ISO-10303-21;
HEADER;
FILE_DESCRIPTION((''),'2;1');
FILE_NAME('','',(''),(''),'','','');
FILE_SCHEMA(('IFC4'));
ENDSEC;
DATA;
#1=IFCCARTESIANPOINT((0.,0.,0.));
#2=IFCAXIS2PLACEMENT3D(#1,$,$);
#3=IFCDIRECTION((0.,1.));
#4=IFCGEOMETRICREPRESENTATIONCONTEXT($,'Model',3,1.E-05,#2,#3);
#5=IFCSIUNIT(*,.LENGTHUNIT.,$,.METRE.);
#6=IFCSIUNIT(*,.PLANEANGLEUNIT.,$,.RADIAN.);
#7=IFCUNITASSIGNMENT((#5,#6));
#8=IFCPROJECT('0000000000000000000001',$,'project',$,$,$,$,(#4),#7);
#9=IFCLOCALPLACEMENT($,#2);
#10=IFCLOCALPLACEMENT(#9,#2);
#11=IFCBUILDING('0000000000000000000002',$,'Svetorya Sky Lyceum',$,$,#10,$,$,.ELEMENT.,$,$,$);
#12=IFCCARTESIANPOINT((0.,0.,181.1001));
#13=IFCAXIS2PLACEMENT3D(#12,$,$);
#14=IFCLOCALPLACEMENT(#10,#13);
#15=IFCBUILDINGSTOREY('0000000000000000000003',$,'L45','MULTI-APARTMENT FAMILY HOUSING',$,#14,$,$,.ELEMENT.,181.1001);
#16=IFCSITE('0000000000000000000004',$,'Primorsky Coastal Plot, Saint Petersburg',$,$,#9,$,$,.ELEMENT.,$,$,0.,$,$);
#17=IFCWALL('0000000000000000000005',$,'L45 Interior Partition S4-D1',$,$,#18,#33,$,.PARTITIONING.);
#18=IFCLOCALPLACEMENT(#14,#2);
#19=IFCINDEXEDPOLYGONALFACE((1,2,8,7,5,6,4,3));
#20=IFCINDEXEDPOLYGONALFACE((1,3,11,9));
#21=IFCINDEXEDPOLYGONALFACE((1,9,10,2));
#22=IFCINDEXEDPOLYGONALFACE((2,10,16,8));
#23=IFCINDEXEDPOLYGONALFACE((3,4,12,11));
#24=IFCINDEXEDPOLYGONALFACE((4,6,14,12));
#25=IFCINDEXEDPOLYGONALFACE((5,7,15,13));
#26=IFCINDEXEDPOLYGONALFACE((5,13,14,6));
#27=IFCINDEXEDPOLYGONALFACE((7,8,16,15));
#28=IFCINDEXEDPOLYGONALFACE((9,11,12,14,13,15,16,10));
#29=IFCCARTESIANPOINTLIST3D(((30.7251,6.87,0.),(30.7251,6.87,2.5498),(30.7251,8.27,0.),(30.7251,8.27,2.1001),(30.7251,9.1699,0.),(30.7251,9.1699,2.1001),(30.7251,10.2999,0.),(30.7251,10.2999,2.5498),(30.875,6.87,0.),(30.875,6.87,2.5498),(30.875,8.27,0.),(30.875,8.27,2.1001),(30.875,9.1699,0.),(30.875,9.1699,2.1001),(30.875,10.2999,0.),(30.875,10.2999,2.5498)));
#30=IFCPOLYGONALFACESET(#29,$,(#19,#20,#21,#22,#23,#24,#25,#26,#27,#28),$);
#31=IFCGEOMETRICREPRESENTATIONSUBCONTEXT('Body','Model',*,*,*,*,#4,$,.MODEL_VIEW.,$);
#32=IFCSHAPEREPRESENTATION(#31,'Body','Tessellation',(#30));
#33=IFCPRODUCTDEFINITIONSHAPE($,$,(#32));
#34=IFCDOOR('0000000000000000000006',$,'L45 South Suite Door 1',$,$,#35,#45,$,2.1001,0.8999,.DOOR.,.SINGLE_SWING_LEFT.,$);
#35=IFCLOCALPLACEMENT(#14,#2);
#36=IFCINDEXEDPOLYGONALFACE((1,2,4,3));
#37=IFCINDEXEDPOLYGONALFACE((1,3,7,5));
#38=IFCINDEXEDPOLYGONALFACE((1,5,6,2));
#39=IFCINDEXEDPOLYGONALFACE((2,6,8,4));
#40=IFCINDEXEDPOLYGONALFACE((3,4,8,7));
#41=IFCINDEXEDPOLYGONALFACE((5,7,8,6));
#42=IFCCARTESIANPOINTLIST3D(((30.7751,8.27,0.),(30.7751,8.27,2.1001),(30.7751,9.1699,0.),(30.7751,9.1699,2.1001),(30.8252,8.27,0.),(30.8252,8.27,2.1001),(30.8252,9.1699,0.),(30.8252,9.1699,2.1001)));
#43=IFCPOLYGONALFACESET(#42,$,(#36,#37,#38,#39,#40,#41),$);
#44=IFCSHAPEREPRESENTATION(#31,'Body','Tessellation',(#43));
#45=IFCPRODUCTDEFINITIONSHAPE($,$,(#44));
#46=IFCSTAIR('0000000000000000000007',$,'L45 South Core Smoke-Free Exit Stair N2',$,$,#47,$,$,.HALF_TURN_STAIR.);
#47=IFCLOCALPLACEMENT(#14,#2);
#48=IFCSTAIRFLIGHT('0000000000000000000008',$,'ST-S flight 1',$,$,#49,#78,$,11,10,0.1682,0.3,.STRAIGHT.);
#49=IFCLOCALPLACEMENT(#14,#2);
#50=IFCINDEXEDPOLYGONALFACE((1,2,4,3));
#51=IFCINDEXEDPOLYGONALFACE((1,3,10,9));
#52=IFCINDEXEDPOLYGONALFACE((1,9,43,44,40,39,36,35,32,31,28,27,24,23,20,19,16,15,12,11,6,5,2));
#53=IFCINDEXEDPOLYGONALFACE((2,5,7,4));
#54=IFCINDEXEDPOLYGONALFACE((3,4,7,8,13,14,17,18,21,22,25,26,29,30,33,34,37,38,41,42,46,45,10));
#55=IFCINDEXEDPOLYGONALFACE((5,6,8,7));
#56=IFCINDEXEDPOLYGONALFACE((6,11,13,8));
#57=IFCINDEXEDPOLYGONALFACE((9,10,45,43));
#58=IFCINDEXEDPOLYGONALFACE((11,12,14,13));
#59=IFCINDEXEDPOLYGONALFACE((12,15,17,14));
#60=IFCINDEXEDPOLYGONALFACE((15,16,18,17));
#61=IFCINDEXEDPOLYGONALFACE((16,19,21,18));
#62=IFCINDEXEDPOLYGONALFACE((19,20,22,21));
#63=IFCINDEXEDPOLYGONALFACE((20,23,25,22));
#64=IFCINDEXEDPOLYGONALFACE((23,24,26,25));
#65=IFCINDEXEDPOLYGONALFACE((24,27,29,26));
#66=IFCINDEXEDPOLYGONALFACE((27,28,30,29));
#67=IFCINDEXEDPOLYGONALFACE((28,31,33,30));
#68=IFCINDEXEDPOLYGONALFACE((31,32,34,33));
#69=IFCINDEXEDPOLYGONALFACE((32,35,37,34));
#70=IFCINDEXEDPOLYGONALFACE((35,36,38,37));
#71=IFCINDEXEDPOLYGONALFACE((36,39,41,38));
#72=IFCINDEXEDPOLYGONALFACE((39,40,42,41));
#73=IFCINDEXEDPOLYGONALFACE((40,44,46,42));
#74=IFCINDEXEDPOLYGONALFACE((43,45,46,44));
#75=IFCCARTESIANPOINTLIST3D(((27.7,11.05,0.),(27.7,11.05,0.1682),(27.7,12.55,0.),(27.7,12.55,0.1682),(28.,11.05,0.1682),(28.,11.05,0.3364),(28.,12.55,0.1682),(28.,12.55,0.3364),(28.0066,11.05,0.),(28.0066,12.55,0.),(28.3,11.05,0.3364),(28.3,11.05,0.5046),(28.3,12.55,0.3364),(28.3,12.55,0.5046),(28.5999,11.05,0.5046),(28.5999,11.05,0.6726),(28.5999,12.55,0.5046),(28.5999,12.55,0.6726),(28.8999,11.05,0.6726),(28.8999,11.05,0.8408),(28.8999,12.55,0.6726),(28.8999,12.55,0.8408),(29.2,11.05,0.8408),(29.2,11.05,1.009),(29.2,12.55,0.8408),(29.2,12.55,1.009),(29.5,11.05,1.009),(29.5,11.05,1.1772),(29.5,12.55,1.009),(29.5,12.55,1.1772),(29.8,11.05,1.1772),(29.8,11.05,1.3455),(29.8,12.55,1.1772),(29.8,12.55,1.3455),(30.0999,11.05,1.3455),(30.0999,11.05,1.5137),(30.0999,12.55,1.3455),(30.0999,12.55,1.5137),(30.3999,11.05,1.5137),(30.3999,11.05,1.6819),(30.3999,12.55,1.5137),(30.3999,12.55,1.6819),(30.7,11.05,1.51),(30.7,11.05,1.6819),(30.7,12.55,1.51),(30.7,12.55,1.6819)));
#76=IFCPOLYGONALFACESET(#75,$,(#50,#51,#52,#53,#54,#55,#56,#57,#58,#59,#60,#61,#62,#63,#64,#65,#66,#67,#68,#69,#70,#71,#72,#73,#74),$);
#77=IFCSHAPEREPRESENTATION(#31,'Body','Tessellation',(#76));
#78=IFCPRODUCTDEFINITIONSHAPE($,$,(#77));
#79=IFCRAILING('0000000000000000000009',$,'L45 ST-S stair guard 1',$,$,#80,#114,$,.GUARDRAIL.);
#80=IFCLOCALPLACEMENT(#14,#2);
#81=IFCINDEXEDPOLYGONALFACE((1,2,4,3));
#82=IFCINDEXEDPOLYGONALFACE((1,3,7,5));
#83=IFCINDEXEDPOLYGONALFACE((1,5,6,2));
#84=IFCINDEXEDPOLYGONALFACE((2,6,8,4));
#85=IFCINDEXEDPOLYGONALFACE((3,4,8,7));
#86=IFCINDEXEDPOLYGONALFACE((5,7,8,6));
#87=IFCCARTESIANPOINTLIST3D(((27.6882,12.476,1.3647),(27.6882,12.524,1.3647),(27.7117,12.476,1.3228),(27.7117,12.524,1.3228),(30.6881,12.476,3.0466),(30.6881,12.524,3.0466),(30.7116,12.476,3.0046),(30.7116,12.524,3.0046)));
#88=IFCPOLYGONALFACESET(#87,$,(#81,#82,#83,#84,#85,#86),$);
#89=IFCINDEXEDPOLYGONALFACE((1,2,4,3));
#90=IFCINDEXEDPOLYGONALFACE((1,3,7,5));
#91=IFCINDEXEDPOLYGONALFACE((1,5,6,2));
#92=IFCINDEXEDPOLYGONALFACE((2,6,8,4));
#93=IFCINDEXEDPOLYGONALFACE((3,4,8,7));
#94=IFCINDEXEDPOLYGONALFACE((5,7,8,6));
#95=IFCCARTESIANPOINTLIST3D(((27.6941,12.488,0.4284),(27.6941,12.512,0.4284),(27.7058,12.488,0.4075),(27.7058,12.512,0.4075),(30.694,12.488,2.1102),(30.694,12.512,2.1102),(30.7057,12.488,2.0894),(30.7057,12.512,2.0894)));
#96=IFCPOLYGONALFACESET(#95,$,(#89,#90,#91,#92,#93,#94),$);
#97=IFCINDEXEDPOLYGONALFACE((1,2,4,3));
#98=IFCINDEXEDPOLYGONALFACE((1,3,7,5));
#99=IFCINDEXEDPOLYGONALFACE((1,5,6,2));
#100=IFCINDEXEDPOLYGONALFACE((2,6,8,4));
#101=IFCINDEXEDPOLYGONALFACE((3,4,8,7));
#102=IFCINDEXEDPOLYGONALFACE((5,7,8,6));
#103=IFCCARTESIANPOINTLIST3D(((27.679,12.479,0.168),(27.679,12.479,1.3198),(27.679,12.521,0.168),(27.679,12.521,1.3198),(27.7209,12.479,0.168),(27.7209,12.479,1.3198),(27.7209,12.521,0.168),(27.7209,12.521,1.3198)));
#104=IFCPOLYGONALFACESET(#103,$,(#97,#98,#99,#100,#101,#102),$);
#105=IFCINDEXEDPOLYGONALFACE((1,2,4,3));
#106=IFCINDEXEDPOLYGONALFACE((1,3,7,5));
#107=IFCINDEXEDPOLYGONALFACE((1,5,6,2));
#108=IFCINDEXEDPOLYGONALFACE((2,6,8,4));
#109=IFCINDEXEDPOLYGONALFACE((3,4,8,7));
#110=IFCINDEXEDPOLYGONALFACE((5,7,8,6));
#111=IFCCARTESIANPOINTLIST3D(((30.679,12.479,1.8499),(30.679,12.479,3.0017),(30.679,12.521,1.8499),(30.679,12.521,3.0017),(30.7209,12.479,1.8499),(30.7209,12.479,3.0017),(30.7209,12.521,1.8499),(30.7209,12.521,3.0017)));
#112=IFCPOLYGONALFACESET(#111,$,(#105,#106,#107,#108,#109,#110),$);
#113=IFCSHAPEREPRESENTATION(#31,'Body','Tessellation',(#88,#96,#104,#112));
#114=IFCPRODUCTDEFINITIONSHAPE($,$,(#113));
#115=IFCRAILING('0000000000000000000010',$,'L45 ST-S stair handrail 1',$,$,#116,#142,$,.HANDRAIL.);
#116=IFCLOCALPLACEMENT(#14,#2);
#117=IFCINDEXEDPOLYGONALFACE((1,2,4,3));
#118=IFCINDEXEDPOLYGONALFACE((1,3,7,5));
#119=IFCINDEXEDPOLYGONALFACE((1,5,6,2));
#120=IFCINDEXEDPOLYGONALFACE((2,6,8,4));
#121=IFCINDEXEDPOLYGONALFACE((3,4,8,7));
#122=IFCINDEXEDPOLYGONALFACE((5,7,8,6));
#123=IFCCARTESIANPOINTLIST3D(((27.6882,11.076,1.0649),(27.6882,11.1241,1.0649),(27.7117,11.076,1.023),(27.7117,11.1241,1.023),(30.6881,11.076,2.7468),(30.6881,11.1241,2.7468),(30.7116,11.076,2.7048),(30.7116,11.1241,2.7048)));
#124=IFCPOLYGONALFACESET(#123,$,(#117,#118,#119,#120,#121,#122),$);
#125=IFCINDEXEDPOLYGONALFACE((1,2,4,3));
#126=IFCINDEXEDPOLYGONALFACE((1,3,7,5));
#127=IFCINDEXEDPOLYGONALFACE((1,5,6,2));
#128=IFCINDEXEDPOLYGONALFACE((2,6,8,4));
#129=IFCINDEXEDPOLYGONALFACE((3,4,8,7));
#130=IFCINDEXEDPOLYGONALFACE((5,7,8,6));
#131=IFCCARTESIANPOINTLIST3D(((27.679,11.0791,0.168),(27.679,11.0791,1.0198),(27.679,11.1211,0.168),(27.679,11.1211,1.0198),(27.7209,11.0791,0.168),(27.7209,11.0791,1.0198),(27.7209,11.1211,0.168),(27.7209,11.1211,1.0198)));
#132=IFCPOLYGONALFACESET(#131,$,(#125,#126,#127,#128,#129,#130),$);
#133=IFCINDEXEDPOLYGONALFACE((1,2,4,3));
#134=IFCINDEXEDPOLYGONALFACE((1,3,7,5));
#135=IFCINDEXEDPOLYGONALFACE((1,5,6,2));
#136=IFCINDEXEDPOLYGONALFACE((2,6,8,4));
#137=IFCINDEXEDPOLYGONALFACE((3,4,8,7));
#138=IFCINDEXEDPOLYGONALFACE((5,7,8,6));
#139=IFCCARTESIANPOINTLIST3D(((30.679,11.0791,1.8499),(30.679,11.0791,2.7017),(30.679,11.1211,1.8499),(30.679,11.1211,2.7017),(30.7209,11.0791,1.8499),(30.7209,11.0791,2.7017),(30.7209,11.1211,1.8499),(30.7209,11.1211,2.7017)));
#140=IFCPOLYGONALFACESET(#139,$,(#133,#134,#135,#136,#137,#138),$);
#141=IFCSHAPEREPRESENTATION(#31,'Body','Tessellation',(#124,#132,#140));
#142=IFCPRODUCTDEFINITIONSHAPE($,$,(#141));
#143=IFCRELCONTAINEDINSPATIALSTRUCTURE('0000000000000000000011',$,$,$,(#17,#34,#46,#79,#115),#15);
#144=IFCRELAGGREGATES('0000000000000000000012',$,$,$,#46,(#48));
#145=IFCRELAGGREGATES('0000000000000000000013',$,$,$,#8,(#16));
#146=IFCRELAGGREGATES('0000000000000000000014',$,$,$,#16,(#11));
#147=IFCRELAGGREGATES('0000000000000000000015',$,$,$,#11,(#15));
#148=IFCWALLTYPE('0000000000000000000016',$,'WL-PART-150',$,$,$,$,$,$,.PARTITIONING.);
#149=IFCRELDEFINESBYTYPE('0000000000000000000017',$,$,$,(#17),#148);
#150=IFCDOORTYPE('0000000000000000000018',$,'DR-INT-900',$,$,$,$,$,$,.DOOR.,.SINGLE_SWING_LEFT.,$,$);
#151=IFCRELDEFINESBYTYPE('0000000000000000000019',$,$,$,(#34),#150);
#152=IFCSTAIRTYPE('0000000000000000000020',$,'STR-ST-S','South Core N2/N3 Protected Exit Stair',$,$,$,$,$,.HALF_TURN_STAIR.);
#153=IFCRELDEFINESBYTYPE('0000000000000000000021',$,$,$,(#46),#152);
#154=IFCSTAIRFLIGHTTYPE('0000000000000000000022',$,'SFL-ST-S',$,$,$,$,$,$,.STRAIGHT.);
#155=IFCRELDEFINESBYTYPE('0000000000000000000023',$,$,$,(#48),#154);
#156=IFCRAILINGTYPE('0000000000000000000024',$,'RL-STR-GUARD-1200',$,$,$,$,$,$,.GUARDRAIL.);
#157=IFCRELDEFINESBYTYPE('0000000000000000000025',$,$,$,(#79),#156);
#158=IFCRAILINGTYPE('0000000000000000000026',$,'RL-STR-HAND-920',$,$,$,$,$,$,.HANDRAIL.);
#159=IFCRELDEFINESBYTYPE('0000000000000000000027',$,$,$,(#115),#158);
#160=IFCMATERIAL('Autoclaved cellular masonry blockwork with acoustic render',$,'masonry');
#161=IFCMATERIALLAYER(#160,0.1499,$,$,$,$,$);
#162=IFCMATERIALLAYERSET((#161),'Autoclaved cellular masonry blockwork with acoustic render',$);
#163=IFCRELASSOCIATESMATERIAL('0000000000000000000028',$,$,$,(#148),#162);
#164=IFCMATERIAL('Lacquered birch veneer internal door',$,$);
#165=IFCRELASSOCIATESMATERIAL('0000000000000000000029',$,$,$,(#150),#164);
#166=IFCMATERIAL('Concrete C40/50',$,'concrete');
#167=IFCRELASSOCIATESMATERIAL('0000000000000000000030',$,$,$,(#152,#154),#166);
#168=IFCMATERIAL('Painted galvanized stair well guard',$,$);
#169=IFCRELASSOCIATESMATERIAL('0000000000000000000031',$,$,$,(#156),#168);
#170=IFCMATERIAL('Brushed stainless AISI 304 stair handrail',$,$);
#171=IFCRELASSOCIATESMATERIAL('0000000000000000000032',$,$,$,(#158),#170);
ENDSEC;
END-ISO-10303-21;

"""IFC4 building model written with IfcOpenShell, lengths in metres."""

from ifc_helpers import new_model, si_unit, direction, frame, frame_2d, origin, origin_2d, place, context, subcontext, project, spatial, polyline, rectangle, outline, extrude, material, layer, layer_set, type_object, element, fill, aggregate, save


model = new_model("IFC4")

# Units and contexts
model_context = context("Model", 3, precision=1e-05, world=origin(), true_north=direction((0.0, 1.0)))
body_context = subcontext(model_context, "Body", "Model", "MODEL_VIEW")
ifc_project = project(units=[si_unit("LENGTHUNIT", "METRE"), si_unit("PLANEANGLEUNIT", "RADIAN")], contexts=[model_context])

# Site, building, storey
site_placement = place(None, origin())
site = spatial("IfcSite", under=ifc_project, at=site_placement, Name="Primorsky Coastal Plot, Saint Petersburg", CompositionType="ELEMENT", RefElevation=0.0)
building_placement = place(site_placement, origin())
building = spatial("IfcBuilding", under=site, at=building_placement, Name="Svetorya Sky Lyceum", CompositionType="ELEMENT")
storey_placement = place(building_placement, frame((0.0, 0.0, 181.1001)))
storey = spatial("IfcBuildingStorey", under=building, at=storey_placement, Name="L45", Description="MULTI-APARTMENT FAMILY HOUSING", CompositionType="ELEMENT", Elevation=181.1001)

# Shared definitions
ifc_material_1 = material(Name="Concrete C40/50", Category="concrete")

# Wall, opening, door
ifc_material_2 = material(Name="Autoclaved cellular masonry blockwork with acoustic render", Category="masonry")
ifc_layer_1 = layer(ifc_material_2, 0.1499)
ifc_layer_set_1 = layer_set([ifc_layer_1], Name="Autoclaved cellular masonry blockwork with acoustic render")
wall_type_1 = type_object("IfcWallType", Name="WL-PART-150", PredefinedType="PARTITIONING", material=ifc_layer_set_1)
wall_1_placement = place(storey_placement, frame((30.8, 6.8701, 0.0), z_axis=(0.0, 0.0, 1.0), x_axis=(0.0, 1.0, 0.0)))
wall_1 = element("IfcWall", 1, at=wall_1_placement, inside=storey, type_object=wall_type_1, Name="L45 Interior Partition S4-D1", PredefinedType="PARTITIONING", context=body_context, shape_type="SweptSolid", body=[
    extrude(rectangle(XDim=3.4299, YDim=0.1499, at=frame_2d((1.7148, 0.0))), origin(), (0.0, 0.0, 1.0), 2.5498),
])
opening_placement = place(wall_1_placement, frame((1.3999, 0.0, 0.0)))
opening = element("IfcOpeningElement", 2, at=opening_placement, cuts=wall_1, PredefinedType="OPENING", context=body_context, shape_type="SweptSolid", body=[
    extrude(rectangle(XDim=0.8999, YDim=2.1001, at=frame_2d((0.45, 1.05))), frame((0.0, 0.085, 0.0), z_axis=(0.0, -1.0, 0.0), x_axis=(1.0, 0.0, 0.0)), (0.0, 0.0, 1.0), 0.1699),
])
ifc_material_3 = material(Name="Lacquered birch veneer internal door")
door_type = type_object("IfcDoorType", Name="DR-INT-900", OperationType="SINGLE_SWING_LEFT", PredefinedType="DOOR", material=ifc_material_3)
door_placement = place(opening_placement, origin())
door = element("IfcDoor", 3, at=door_placement, inside=storey, type_object=door_type, Name="L45 South Suite Door 1", OperationType="SINGLE_SWING_LEFT", OverallHeight=2.1001, OverallWidth=0.8999, PredefinedType="DOOR", context=body_context, shape_type="SweptSolid", body=[
    extrude(rectangle(XDim=0.8999, YDim=2.1001, at=frame_2d((0.45, 1.05))), frame((0.0, 0.0249, 0.0), z_axis=(0.0, -1.0, 0.0), x_axis=(1.0, 0.0, 0.0)), (0.0, 0.0, 1.0), 0.05),
])
fill(opening, door)

# Stair, stair flight
stair_type = type_object("IfcStairType", Name="STR-ST-S", Description="South Core N2/N3 Protected Exit Stair", PredefinedType="HALF_TURN_STAIR", material=ifc_material_1)
stair_placement = place(storey_placement, origin())
stair = element("IfcStair", 4, at=stair_placement, inside=storey, type_object=stair_type, Name="L45 South Core Smoke-Free Exit Stair N2", PredefinedType="HALF_TURN_STAIR")
stair_flight_type = type_object("IfcStairFlightType", Name="SFL-ST-S", PredefinedType="STRAIGHT", material=ifc_material_1)
stair_flight_placement = place(storey_placement, frame((27.7, 11.8, 0.0), z_axis=(0.0, 0.0, 1.0), x_axis=(1.0, 0.0, 0.0)))
stair_flight = element("IfcStairFlight", 5, at=stair_flight_placement, type_object=stair_flight_type, Name="ST-S flight 1", NumberOfRisers=11, NumberOfTreads=10, PredefinedType="STRAIGHT", RiserHeight=0.1682, TreadLength=0.3, context=body_context, shape_type="SweptSolid", body=[
    extrude(outline(polyline([(0.0, 0.0), (0.0, 0.1682), (0.3, 0.1682), (0.3, 0.3364), (0.6001, 0.3364), (0.6001, 0.5046), (0.8999, 0.5046), (0.8999, 0.6726), (1.2, 0.6726), (1.2, 0.8408), (1.5, 0.8408), (1.5, 1.009), (1.8, 1.009), (1.8, 1.1772), (2.1001, 1.1772), (2.1001, 1.3455), (2.3999, 1.3455), (2.3999, 1.5137), (2.7, 1.5137), (2.7, 1.6819), (3.0, 1.6819), (3.0, 1.8501), (3.0, 1.51), (0.3066, 0.0), (0.0, 0.0)])), frame((0.0, 0.75, 0.0), z_axis=(0.0, -1.0, 0.0), x_axis=(1.0, 0.0, 0.0)), (0.0, 0.0, 1.0), 1.5),
])
aggregate(stair, [stair_flight])

# Railings
ifc_material_4 = material(Name="Painted galvanized stair well guard")
railing_type_1 = type_object("IfcRailingType", Name="RL-STR-GUARD-1200", PredefinedType="GUARDRAIL", material=ifc_material_4)
railing_1_placement = place(storey_placement, frame((27.7, 12.5, 0.168)))
element("IfcRailing", 6, at=railing_1_placement, inside=storey, type_object=railing_type_1, Name="L45 ST-S stair guard 1", PredefinedType="GUARDRAIL", context=body_context, shape_type="SweptSolid", body=[
    extrude(rectangle(XDim=0.0481, YDim=0.0481, at=origin_2d()), frame((0.0, 0.0, 1.1758), z_axis=(0.872272, 0.0, 0.48902), x_axis=(0.0, 1.0, 0.0)), (0.0, 0.0, 1.0), 3.4392),
    extrude(rectangle(XDim=0.0239, YDim=0.0239, at=origin_2d()), frame((0.0, 0.0, 0.25), z_axis=(0.872272, 0.0, 0.48902), x_axis=(0.0, 1.0, 0.0)), (0.0, 0.0, 1.0), 3.4392),
    extrude(rectangle(XDim=0.042, YDim=0.042, at=origin_2d()), origin(), (0.0, 0.0, 1.0), 1.1519),
    extrude(rectangle(XDim=0.042, YDim=0.042, at=origin_2d()), frame((3.0, 0.0, 1.6819)), (0.0, 0.0, 1.0), 1.1519),
])
ifc_material_5 = material(Name="Brushed stainless AISI 304 stair handrail")
railing_type_2 = type_object("IfcRailingType", Name="RL-STR-HAND-920", PredefinedType="HANDRAIL", material=ifc_material_5)
railing_2_placement = place(storey_placement, frame((27.7, 11.1001, 0.168)))
element("IfcRailing", 7, at=railing_2_placement, inside=storey, type_object=railing_type_2, Name="L45 ST-S stair handrail 1", PredefinedType="HANDRAIL", context=body_context, shape_type="SweptSolid", body=[
    extrude(rectangle(XDim=0.0481, YDim=0.0481, at=origin_2d()), frame((0.0, 0.0, 0.876), z_axis=(0.872272, 0.0, 0.48902), x_axis=(0.0, 1.0, 0.0)), (0.0, 0.0, 1.0), 3.4392),
    extrude(rectangle(XDim=0.042, YDim=0.042, at=origin_2d()), origin(), (0.0, 0.0, 1.0), 0.8518),
    extrude(rectangle(XDim=0.042, YDim=0.042, at=origin_2d()), frame((3.0, 0.0, 1.6819)), (0.0, 0.0, 1.0), 0.8518),
])

save(model, "model.ifc")
